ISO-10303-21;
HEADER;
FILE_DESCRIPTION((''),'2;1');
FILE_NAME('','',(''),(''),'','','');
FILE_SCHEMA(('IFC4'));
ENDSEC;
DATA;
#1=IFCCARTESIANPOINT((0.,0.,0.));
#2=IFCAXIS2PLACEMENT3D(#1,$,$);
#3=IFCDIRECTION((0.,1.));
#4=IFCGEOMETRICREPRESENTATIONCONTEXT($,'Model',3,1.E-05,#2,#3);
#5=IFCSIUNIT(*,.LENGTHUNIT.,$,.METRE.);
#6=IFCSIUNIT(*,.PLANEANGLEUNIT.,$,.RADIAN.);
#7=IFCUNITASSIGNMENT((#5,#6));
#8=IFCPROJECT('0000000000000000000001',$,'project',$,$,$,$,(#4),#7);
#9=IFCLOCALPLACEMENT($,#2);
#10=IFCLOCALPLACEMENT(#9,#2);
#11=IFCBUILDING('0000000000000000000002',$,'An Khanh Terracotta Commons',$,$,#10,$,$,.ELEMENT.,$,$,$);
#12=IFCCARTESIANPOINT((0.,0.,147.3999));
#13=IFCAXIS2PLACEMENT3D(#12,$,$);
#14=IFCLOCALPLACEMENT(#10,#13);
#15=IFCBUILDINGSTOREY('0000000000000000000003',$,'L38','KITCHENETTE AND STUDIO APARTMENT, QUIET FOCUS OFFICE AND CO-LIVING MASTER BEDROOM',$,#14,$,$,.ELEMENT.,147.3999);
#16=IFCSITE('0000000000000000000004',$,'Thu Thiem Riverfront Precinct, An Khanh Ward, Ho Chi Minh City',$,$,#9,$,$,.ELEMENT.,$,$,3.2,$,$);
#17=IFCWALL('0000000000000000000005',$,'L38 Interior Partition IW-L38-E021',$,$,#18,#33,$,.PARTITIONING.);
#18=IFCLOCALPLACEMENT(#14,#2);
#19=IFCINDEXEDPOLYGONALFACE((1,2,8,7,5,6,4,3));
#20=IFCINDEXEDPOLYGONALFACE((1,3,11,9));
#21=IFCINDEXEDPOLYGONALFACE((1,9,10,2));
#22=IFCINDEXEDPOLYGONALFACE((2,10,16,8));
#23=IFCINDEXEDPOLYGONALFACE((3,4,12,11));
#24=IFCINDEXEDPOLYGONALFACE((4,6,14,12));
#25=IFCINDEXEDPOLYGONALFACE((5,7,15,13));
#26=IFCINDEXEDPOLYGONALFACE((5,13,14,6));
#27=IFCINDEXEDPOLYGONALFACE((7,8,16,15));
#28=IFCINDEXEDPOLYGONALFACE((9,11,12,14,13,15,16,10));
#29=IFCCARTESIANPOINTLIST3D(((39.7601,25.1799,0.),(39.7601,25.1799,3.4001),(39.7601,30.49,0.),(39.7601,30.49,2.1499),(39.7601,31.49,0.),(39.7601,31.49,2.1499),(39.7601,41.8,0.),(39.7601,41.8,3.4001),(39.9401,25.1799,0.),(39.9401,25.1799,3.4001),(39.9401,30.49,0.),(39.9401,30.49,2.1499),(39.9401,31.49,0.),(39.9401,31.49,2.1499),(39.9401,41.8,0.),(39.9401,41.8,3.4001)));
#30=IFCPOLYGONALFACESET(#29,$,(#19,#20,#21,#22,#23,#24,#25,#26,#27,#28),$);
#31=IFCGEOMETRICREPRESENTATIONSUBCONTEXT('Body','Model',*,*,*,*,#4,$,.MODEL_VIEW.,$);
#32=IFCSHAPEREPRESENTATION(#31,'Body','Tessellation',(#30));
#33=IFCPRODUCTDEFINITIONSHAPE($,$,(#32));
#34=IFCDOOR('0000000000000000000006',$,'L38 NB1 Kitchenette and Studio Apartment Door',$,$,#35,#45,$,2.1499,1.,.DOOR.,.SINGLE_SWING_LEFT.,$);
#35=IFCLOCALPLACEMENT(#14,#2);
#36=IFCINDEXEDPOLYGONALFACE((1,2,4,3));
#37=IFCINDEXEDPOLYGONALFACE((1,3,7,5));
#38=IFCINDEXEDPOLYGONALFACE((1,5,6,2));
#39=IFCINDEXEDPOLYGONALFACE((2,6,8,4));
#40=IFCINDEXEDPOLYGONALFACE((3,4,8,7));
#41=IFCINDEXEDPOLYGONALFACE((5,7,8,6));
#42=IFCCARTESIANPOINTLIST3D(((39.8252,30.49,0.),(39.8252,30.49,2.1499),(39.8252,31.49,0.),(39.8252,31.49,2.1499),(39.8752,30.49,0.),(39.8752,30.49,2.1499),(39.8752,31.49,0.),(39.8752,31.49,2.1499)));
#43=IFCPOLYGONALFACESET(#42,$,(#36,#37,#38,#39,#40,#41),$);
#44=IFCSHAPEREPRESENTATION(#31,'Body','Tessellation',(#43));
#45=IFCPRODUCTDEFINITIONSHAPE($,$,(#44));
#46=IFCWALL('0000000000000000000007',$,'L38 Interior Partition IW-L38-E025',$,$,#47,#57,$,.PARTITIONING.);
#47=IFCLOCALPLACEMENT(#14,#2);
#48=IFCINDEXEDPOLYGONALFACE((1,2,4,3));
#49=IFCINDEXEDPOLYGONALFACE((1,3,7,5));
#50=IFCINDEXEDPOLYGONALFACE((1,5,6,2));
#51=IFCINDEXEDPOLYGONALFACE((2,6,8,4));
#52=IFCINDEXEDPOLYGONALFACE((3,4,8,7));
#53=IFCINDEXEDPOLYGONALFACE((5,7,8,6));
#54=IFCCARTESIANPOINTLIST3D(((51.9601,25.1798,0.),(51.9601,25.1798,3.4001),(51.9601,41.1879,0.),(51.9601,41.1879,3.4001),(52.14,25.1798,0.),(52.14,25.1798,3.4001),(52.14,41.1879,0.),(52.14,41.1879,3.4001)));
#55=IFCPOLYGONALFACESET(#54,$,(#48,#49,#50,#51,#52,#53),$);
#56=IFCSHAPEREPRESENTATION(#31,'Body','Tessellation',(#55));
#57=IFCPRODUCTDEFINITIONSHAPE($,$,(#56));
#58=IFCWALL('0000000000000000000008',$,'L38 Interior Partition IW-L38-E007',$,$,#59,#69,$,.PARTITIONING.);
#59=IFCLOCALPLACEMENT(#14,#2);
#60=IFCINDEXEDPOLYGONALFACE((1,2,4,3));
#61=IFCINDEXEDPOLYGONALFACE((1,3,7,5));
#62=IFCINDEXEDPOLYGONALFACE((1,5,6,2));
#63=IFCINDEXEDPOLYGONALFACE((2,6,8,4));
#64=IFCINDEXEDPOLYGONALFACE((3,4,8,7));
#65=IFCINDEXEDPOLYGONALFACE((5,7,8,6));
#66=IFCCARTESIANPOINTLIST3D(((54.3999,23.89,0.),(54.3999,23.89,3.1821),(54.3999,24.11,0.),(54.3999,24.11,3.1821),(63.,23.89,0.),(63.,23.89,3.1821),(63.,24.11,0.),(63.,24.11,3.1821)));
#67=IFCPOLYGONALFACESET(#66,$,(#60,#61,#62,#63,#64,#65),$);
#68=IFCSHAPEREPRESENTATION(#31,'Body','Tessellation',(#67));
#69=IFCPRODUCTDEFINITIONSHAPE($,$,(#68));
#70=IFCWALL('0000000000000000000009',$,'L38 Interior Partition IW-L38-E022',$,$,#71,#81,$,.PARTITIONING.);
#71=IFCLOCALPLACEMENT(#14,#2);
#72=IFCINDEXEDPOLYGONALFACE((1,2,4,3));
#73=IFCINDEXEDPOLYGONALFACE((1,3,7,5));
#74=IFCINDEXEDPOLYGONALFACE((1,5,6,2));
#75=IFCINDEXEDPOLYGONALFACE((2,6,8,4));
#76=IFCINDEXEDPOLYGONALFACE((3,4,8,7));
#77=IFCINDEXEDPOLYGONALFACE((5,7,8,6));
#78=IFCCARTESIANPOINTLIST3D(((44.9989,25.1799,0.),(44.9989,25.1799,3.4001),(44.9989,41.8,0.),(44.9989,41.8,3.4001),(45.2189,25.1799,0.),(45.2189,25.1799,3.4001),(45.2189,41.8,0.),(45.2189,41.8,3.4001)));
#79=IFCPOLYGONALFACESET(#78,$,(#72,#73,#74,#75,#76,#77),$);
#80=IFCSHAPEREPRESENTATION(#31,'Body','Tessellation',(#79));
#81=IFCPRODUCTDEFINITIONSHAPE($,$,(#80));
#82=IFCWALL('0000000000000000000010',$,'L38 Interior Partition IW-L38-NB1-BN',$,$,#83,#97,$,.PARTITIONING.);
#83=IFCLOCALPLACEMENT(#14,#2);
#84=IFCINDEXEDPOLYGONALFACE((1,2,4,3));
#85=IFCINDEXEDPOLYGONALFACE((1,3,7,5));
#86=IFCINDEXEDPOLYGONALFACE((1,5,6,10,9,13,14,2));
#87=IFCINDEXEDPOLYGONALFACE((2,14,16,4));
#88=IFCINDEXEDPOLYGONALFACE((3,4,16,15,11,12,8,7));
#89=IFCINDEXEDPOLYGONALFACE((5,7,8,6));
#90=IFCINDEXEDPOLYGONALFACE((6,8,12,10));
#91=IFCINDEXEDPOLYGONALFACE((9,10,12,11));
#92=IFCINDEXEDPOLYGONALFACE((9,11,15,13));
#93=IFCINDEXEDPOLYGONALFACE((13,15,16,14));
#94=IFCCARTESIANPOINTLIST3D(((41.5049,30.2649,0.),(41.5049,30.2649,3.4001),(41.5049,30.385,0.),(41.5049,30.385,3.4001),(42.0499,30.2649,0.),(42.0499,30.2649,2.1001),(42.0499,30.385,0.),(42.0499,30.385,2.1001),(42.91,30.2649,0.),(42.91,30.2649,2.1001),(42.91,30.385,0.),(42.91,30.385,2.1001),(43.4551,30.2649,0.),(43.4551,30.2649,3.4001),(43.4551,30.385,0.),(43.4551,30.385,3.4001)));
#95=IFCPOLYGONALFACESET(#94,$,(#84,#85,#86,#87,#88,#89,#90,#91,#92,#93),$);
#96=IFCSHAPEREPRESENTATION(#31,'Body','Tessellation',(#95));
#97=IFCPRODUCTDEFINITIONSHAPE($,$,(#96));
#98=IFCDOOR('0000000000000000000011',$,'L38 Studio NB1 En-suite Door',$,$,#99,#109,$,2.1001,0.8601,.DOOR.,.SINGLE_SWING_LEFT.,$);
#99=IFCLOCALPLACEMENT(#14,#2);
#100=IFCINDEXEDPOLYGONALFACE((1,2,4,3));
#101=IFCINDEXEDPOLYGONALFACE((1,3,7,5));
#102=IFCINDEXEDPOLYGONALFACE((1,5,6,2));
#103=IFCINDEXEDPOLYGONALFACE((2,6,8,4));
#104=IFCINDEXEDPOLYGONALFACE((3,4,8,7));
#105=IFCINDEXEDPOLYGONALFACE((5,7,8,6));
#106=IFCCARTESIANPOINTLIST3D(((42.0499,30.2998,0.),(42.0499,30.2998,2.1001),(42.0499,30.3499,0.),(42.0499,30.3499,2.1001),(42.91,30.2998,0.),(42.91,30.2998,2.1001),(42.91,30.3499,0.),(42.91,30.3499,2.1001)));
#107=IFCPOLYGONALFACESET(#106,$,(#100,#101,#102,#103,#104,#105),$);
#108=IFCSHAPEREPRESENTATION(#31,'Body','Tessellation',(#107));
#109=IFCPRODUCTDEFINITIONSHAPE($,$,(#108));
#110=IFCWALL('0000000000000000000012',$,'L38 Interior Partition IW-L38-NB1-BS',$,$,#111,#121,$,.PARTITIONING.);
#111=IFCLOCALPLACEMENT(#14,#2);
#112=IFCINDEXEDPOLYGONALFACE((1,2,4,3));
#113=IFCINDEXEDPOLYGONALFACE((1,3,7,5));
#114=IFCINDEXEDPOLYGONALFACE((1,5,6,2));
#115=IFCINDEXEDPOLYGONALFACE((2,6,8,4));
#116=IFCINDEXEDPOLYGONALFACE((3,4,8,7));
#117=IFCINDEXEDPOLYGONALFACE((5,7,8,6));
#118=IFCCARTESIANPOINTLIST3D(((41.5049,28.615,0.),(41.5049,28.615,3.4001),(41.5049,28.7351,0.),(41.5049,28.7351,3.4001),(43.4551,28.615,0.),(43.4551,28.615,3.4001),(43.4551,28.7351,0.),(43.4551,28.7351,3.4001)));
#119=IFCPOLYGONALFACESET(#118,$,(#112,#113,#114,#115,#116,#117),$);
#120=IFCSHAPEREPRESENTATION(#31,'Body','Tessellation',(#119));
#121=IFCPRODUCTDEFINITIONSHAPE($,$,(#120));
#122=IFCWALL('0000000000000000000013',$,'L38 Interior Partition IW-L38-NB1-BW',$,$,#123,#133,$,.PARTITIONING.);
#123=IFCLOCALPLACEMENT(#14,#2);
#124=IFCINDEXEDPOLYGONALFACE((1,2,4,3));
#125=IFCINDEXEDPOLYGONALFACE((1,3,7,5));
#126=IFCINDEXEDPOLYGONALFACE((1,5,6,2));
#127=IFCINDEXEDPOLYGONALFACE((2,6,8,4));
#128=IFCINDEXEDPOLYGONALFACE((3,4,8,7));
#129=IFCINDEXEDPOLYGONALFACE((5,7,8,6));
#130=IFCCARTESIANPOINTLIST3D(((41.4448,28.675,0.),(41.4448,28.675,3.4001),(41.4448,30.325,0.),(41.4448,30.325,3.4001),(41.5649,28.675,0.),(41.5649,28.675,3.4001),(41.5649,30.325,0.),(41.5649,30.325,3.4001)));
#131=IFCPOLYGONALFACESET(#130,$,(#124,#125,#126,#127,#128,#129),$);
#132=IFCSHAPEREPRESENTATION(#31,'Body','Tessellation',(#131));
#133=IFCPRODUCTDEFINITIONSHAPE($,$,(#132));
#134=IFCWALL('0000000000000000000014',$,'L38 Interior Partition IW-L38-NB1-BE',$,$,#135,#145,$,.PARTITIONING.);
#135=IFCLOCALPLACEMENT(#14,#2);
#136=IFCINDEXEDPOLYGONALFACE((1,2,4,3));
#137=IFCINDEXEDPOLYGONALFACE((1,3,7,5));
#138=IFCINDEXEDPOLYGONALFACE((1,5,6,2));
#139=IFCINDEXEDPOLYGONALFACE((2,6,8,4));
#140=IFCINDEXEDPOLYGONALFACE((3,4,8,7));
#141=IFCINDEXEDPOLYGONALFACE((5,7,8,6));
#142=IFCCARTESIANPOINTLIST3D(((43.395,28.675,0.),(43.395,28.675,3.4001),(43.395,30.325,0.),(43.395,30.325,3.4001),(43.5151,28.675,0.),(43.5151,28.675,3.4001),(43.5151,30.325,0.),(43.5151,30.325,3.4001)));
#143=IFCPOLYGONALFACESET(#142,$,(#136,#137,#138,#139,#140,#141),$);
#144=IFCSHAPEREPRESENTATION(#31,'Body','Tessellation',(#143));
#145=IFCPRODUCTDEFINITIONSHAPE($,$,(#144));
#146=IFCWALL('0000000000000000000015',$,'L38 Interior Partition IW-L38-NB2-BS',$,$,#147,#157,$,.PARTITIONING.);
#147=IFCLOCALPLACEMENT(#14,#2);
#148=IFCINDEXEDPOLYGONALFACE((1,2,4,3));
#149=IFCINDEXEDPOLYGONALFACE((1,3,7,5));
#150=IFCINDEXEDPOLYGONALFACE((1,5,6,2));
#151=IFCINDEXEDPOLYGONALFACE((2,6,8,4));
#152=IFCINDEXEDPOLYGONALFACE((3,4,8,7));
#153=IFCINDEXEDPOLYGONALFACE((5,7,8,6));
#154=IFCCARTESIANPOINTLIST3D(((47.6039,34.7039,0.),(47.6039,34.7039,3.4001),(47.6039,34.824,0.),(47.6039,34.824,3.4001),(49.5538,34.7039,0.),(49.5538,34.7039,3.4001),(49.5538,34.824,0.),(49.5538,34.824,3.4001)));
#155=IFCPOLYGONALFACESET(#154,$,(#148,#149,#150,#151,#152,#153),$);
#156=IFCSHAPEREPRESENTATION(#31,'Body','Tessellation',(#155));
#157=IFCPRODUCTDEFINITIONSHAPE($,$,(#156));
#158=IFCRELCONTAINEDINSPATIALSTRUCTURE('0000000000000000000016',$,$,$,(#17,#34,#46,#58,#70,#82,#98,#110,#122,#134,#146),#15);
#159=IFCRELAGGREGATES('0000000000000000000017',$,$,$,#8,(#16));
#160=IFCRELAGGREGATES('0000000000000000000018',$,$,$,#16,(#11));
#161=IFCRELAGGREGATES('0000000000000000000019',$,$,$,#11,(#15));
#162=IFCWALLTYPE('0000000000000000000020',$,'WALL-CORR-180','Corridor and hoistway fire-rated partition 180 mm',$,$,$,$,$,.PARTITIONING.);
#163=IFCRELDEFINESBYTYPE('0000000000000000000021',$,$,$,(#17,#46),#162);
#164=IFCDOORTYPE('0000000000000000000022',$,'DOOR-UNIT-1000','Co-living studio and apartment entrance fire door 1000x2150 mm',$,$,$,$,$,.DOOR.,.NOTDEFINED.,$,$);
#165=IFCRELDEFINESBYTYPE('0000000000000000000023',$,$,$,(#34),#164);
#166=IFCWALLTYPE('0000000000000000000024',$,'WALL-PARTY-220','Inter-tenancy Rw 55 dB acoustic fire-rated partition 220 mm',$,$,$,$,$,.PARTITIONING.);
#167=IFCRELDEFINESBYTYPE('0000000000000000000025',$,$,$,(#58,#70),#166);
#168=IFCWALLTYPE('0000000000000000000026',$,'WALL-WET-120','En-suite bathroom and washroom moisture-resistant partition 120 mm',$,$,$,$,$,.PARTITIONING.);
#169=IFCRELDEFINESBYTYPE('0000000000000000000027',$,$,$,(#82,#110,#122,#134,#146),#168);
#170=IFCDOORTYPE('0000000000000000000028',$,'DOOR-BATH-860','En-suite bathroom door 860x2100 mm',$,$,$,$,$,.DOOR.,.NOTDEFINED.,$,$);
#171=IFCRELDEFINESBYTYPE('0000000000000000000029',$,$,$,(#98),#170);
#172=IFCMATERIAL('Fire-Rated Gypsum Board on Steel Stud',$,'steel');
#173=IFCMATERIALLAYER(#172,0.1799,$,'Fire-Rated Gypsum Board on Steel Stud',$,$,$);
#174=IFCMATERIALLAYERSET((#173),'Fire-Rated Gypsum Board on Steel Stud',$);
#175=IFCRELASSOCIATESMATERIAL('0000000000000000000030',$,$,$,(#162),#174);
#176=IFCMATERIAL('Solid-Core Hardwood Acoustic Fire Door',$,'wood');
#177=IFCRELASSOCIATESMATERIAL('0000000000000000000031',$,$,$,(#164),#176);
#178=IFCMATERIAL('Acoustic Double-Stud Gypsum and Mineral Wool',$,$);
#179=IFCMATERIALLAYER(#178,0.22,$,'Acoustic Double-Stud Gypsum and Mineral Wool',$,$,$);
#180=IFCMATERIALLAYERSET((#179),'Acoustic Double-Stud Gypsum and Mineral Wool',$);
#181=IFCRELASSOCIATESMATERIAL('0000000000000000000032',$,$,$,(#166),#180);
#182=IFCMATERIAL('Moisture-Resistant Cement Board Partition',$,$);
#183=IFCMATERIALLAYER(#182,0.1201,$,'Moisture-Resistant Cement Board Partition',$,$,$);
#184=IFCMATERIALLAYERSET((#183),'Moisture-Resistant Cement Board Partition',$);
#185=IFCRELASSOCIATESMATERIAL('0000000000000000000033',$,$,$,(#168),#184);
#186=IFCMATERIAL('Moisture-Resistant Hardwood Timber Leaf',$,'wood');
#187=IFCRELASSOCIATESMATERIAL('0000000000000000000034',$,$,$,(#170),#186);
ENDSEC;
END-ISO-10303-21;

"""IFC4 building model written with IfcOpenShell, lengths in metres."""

from ifc_helpers import new_model, si_unit, direction, frame, frame_2d, origin, place, context, subcontext, project, spatial, rectangle, extrude, material, layer, layer_set, type_object, element, fill, save


model = new_model("IFC4")

# Units and contexts
model_context = context("Model", 3, precision=1e-05, world=origin(), true_north=direction((0.0, 1.0)))
body_context = subcontext(model_context, "Body", "Model", "MODEL_VIEW")
ifc_project = project(units=[si_unit("LENGTHUNIT", "METRE"), si_unit("PLANEANGLEUNIT", "RADIAN")], contexts=[model_context])

# Site, building, storey
site_placement = place(None, origin())
site = spatial("IfcSite", under=ifc_project, at=site_placement, Name="Thu Thiem Riverfront Precinct, An Khanh Ward, Ho Chi Minh City", CompositionType="ELEMENT", RefElevation=3.2)
building_placement = place(site_placement, origin())
building = spatial("IfcBuilding", under=site, at=building_placement, Name="An Khanh Terracotta Commons", CompositionType="ELEMENT")
storey_placement = place(building_placement, frame((0.0, 0.0, 147.3999)))
storey = spatial("IfcBuildingStorey", under=building, at=storey_placement, Name="L38", Description="KITCHENETTE AND STUDIO APARTMENT, QUIET FOCUS OFFICE AND CO-LIVING MASTER BEDROOM", CompositionType="ELEMENT", Elevation=147.3999)

# Wall, opening, door
ifc_material_1 = material(Name="Fire-Rated Gypsum Board on Steel Stud", Category="steel")
ifc_layer_1 = layer(ifc_material_1, 0.1799, Name="Fire-Rated Gypsum Board on Steel Stud")
ifc_layer_set_1 = layer_set([ifc_layer_1], Name="Fire-Rated Gypsum Board on Steel Stud")
wall_type_1 = type_object("IfcWallType", Name="WALL-CORR-180", Description="Corridor and hoistway fire-rated partition 180 mm", PredefinedType="PARTITIONING", material=ifc_layer_set_1)
ifc_material_2 = material(Name="Solid-Core Hardwood Acoustic Fire Door", Category="wood")
door_type_1 = type_object("IfcDoorType", Name="DOOR-UNIT-1000", Description="Co-living studio and apartment entrance fire door 1000x2150 mm", OperationType="NOTDEFINED", PredefinedType="DOOR", material=ifc_material_2)
wall_1_placement = place(storey_placement, frame((39.8501, 25.1799, 0.0), z_axis=(0.0, 0.0, 1.0), x_axis=(0.0, 1.0, 0.0)))
wall_1 = element("IfcWall", 1, at=wall_1_placement, inside=storey, type_object=wall_type_1, Name="L38 Interior Partition IW-L38-E021", PredefinedType="PARTITIONING", context=body_context, shape_type="SweptSolid", body=[
    extrude(rectangle(XDim=16.6201, YDim=0.1799, at=frame_2d((8.3101, 0.0))), origin(), (0.0, 0.0, 1.0), 3.4001),
])
opening_1_placement = place(wall_1_placement, frame((5.3101, 0.0, 0.0)))
opening_1 = element("IfcOpeningElement", 2, at=opening_1_placement, cuts=wall_1, PredefinedType="OPENING", context=body_context, shape_type="SweptSolid", body=[
    extrude(rectangle(XDim=1.0, YDim=2.1499, at=frame_2d((0.5, 1.075))), frame((0.0, 0.0999, 0.0), z_axis=(0.0, -1.0, 0.0), x_axis=(1.0, 0.0, 0.0)), (0.0, 0.0, 1.0), 0.2),
])
door_1_placement = place(opening_1_placement, origin())
door_1 = element("IfcDoor", 3, at=door_1_placement, inside=storey, type_object=door_type_1, Name="L38 NB1 Kitchenette and Studio Apartment Door", OperationType="SINGLE_SWING_LEFT", OverallHeight=2.1499, OverallWidth=1.0, PredefinedType="DOOR", context=body_context, shape_type="SweptSolid", body=[
    extrude(rectangle(XDim=1.0, YDim=2.1499, at=frame_2d((0.5, 1.075))), frame((0.0, 0.0249, 0.0), z_axis=(0.0, -1.0, 0.0), x_axis=(1.0, 0.0, 0.0)), (0.0, 0.0, 1.0), 0.05),
])
fill(opening_1, door_1)

# Walls
wall_2_placement = place(storey_placement, frame((52.05, 25.1799, 0.0), z_axis=(0.0, 0.0, 1.0), x_axis=(0.0, 1.0, 0.0)))
element("IfcWall", 4, at=wall_2_placement, inside=storey, type_object=wall_type_1, Name="L38 Interior Partition IW-L38-E025", PredefinedType="PARTITIONING", context=body_context, shape_type="SweptSolid", body=[
    extrude(rectangle(XDim=16.0081, YDim=0.1799, at=frame_2d((8.0039, 0.0))), origin(), (0.0, 0.0, 1.0), 3.4001),
])
ifc_material_3 = material(Name="Acoustic Double-Stud Gypsum and Mineral Wool")
ifc_layer_2 = layer(ifc_material_3, 0.22, Name="Acoustic Double-Stud Gypsum and Mineral Wool")
ifc_layer_set_2 = layer_set([ifc_layer_2], Name="Acoustic Double-Stud Gypsum and Mineral Wool")
wall_type_2 = type_object("IfcWallType", Name="WALL-PARTY-220", Description="Inter-tenancy Rw 55 dB acoustic fire-rated partition 220 mm", PredefinedType="PARTITIONING", material=ifc_layer_set_2)
wall_3_placement = place(storey_placement, frame((54.3999, 24.0, 0.0), z_axis=(0.0, 0.0, 1.0), x_axis=(1.0, 0.0, 0.0)))
element("IfcWall", 5, at=wall_3_placement, inside=storey, type_object=wall_type_2, Name="L38 Interior Partition IW-L38-E007", PredefinedType="PARTITIONING", context=body_context, shape_type="SweptSolid", body=[
    extrude(rectangle(XDim=8.6001, YDim=0.22, at=frame_2d((4.3, 0.0))), origin(), (0.0, 0.0, 1.0), 3.1821),
])
wall_4_placement = place(storey_placement, frame((45.1089, 25.1799, 0.0), z_axis=(0.0, 0.0, 1.0), x_axis=(0.0, 1.0, 0.0)))
element("IfcWall", 6, at=wall_4_placement, inside=storey, type_object=wall_type_2, Name="L38 Interior Partition IW-L38-E022", PredefinedType="PARTITIONING", context=body_context, shape_type="SweptSolid", body=[
    extrude(rectangle(XDim=16.6201, YDim=0.22, at=frame_2d((8.3101, 0.0))), origin(), (0.0, 0.0, 1.0), 3.4001),
])

# Wall, opening, door
ifc_material_4 = material(Name="Moisture-Resistant Cement Board Partition")
ifc_layer_3 = layer(ifc_material_4, 0.1201, Name="Moisture-Resistant Cement Board Partition")
ifc_layer_set_3 = layer_set([ifc_layer_3], Name="Moisture-Resistant Cement Board Partition")
wall_type_3 = type_object("IfcWallType", Name="WALL-WET-120", Description="En-suite bathroom and washroom moisture-resistant partition 120 mm", PredefinedType="PARTITIONING", material=ifc_layer_set_3)
wall_5_placement = place(storey_placement, frame((41.5049, 30.325, 0.0), z_axis=(0.0, 0.0, 1.0), x_axis=(1.0, 0.0, 0.0)))
wall_5 = element("IfcWall", 7, at=wall_5_placement, inside=storey, type_object=wall_type_3, Name="L38 Interior Partition IW-L38-NB1-BN", PredefinedType="PARTITIONING", context=body_context, shape_type="SweptSolid", body=[
    extrude(rectangle(XDim=1.9502, YDim=0.1201, at=frame_2d((0.9751, 0.0))), origin(), (0.0, 0.0, 1.0), 3.4001),
])
opening_2_placement = place(wall_5_placement, frame((0.5449, 0.0, 0.0)))
opening_2 = element("IfcOpeningElement", 8, at=opening_2_placement, cuts=wall_5, PredefinedType="OPENING", context=body_context, shape_type="SweptSolid", body=[
    extrude(rectangle(XDim=0.8601, YDim=2.1001, at=frame_2d((0.4302, 1.05))), frame((0.0, 0.0701, 0.0), z_axis=(0.0, -1.0, 0.0), x_axis=(1.0, 0.0, 0.0)), (0.0, 0.0, 1.0), 0.1401),
])
ifc_material_5 = material(Name="Moisture-Resistant Hardwood Timber Leaf", Category="wood")
door_type_2 = type_object("IfcDoorType", Name="DOOR-BATH-860", Description="En-suite bathroom door 860x2100 mm", OperationType="NOTDEFINED", PredefinedType="DOOR", material=ifc_material_5)
door_2_placement = place(opening_2_placement, origin())
door_2 = element("IfcDoor", 9, at=door_2_placement, inside=storey, type_object=door_type_2, Name="L38 Studio NB1 En-suite Door", OperationType="SINGLE_SWING_LEFT", OverallHeight=2.1001, OverallWidth=0.8601, PredefinedType="DOOR", context=body_context, shape_type="SweptSolid", body=[
    extrude(rectangle(XDim=0.8601, YDim=2.1001, at=frame_2d((0.4302, 1.05))), frame((0.0, 0.0249, 0.0), z_axis=(0.0, -1.0, 0.0), x_axis=(1.0, 0.0, 0.0)), (0.0, 0.0, 1.0), 0.05),
])
fill(opening_2, door_2)

# Walls
wall_6_placement = place(storey_placement, frame((43.4551, 28.675, 0.0), z_axis=(0.0, 0.0, 1.0), x_axis=(-1.0, 0.0, 0.0)))
element("IfcWall", 10, at=wall_6_placement, inside=storey, type_object=wall_type_3, Name="L38 Interior Partition IW-L38-NB1-BS", PredefinedType="PARTITIONING", context=body_context, shape_type="SweptSolid", body=[
    extrude(rectangle(XDim=1.9502, YDim=0.1201, at=frame_2d((0.9751, 0.0))), origin(), (0.0, 0.0, 1.0), 3.4001),
])
for number, where, z_axis, x_axis, name in (
    (11, (41.5049, 30.325, 0.0), (0.0, 0.0, 1.0), (0.0, -1.0, 0.0), "L38 Interior Partition IW-L38-NB1-BW"),
    (12, (43.4551, 28.675, 0.0), (0.0, 0.0, 1.0), (0.0, 1.0, 0.0), "L38 Interior Partition IW-L38-NB1-BE"),
):
    element("IfcWall", number, at=place(storey_placement, frame(where, z_axis=z_axis, x_axis=x_axis)), inside=storey, type_object=wall_type_3, Name=name, PredefinedType="PARTITIONING", context=body_context, shape_type="SweptSolid", body=[
        extrude(rectangle(XDim=1.6499, YDim=0.1201, at=frame_2d((0.825, 0.0))), origin(), (0.0, 0.0, 1.0), 3.4001),
    ])
wall_7_placement = place(storey_placement, frame((49.554, 34.7639, 0.0), z_axis=(0.0, 0.0, 1.0), x_axis=(-1.0, 0.0, 0.0)))
element("IfcWall", 13, at=wall_7_placement, inside=storey, type_object=wall_type_3, Name="L38 Interior Partition IW-L38-NB2-BS", PredefinedType="PARTITIONING", context=body_context, shape_type="SweptSolid", body=[
    extrude(rectangle(XDim=1.95, YDim=0.1201, at=frame_2d((0.9751, 0.0))), origin(), (0.0, 0.0, 1.0), 3.4001),
])

save(model, "model.ifc")
